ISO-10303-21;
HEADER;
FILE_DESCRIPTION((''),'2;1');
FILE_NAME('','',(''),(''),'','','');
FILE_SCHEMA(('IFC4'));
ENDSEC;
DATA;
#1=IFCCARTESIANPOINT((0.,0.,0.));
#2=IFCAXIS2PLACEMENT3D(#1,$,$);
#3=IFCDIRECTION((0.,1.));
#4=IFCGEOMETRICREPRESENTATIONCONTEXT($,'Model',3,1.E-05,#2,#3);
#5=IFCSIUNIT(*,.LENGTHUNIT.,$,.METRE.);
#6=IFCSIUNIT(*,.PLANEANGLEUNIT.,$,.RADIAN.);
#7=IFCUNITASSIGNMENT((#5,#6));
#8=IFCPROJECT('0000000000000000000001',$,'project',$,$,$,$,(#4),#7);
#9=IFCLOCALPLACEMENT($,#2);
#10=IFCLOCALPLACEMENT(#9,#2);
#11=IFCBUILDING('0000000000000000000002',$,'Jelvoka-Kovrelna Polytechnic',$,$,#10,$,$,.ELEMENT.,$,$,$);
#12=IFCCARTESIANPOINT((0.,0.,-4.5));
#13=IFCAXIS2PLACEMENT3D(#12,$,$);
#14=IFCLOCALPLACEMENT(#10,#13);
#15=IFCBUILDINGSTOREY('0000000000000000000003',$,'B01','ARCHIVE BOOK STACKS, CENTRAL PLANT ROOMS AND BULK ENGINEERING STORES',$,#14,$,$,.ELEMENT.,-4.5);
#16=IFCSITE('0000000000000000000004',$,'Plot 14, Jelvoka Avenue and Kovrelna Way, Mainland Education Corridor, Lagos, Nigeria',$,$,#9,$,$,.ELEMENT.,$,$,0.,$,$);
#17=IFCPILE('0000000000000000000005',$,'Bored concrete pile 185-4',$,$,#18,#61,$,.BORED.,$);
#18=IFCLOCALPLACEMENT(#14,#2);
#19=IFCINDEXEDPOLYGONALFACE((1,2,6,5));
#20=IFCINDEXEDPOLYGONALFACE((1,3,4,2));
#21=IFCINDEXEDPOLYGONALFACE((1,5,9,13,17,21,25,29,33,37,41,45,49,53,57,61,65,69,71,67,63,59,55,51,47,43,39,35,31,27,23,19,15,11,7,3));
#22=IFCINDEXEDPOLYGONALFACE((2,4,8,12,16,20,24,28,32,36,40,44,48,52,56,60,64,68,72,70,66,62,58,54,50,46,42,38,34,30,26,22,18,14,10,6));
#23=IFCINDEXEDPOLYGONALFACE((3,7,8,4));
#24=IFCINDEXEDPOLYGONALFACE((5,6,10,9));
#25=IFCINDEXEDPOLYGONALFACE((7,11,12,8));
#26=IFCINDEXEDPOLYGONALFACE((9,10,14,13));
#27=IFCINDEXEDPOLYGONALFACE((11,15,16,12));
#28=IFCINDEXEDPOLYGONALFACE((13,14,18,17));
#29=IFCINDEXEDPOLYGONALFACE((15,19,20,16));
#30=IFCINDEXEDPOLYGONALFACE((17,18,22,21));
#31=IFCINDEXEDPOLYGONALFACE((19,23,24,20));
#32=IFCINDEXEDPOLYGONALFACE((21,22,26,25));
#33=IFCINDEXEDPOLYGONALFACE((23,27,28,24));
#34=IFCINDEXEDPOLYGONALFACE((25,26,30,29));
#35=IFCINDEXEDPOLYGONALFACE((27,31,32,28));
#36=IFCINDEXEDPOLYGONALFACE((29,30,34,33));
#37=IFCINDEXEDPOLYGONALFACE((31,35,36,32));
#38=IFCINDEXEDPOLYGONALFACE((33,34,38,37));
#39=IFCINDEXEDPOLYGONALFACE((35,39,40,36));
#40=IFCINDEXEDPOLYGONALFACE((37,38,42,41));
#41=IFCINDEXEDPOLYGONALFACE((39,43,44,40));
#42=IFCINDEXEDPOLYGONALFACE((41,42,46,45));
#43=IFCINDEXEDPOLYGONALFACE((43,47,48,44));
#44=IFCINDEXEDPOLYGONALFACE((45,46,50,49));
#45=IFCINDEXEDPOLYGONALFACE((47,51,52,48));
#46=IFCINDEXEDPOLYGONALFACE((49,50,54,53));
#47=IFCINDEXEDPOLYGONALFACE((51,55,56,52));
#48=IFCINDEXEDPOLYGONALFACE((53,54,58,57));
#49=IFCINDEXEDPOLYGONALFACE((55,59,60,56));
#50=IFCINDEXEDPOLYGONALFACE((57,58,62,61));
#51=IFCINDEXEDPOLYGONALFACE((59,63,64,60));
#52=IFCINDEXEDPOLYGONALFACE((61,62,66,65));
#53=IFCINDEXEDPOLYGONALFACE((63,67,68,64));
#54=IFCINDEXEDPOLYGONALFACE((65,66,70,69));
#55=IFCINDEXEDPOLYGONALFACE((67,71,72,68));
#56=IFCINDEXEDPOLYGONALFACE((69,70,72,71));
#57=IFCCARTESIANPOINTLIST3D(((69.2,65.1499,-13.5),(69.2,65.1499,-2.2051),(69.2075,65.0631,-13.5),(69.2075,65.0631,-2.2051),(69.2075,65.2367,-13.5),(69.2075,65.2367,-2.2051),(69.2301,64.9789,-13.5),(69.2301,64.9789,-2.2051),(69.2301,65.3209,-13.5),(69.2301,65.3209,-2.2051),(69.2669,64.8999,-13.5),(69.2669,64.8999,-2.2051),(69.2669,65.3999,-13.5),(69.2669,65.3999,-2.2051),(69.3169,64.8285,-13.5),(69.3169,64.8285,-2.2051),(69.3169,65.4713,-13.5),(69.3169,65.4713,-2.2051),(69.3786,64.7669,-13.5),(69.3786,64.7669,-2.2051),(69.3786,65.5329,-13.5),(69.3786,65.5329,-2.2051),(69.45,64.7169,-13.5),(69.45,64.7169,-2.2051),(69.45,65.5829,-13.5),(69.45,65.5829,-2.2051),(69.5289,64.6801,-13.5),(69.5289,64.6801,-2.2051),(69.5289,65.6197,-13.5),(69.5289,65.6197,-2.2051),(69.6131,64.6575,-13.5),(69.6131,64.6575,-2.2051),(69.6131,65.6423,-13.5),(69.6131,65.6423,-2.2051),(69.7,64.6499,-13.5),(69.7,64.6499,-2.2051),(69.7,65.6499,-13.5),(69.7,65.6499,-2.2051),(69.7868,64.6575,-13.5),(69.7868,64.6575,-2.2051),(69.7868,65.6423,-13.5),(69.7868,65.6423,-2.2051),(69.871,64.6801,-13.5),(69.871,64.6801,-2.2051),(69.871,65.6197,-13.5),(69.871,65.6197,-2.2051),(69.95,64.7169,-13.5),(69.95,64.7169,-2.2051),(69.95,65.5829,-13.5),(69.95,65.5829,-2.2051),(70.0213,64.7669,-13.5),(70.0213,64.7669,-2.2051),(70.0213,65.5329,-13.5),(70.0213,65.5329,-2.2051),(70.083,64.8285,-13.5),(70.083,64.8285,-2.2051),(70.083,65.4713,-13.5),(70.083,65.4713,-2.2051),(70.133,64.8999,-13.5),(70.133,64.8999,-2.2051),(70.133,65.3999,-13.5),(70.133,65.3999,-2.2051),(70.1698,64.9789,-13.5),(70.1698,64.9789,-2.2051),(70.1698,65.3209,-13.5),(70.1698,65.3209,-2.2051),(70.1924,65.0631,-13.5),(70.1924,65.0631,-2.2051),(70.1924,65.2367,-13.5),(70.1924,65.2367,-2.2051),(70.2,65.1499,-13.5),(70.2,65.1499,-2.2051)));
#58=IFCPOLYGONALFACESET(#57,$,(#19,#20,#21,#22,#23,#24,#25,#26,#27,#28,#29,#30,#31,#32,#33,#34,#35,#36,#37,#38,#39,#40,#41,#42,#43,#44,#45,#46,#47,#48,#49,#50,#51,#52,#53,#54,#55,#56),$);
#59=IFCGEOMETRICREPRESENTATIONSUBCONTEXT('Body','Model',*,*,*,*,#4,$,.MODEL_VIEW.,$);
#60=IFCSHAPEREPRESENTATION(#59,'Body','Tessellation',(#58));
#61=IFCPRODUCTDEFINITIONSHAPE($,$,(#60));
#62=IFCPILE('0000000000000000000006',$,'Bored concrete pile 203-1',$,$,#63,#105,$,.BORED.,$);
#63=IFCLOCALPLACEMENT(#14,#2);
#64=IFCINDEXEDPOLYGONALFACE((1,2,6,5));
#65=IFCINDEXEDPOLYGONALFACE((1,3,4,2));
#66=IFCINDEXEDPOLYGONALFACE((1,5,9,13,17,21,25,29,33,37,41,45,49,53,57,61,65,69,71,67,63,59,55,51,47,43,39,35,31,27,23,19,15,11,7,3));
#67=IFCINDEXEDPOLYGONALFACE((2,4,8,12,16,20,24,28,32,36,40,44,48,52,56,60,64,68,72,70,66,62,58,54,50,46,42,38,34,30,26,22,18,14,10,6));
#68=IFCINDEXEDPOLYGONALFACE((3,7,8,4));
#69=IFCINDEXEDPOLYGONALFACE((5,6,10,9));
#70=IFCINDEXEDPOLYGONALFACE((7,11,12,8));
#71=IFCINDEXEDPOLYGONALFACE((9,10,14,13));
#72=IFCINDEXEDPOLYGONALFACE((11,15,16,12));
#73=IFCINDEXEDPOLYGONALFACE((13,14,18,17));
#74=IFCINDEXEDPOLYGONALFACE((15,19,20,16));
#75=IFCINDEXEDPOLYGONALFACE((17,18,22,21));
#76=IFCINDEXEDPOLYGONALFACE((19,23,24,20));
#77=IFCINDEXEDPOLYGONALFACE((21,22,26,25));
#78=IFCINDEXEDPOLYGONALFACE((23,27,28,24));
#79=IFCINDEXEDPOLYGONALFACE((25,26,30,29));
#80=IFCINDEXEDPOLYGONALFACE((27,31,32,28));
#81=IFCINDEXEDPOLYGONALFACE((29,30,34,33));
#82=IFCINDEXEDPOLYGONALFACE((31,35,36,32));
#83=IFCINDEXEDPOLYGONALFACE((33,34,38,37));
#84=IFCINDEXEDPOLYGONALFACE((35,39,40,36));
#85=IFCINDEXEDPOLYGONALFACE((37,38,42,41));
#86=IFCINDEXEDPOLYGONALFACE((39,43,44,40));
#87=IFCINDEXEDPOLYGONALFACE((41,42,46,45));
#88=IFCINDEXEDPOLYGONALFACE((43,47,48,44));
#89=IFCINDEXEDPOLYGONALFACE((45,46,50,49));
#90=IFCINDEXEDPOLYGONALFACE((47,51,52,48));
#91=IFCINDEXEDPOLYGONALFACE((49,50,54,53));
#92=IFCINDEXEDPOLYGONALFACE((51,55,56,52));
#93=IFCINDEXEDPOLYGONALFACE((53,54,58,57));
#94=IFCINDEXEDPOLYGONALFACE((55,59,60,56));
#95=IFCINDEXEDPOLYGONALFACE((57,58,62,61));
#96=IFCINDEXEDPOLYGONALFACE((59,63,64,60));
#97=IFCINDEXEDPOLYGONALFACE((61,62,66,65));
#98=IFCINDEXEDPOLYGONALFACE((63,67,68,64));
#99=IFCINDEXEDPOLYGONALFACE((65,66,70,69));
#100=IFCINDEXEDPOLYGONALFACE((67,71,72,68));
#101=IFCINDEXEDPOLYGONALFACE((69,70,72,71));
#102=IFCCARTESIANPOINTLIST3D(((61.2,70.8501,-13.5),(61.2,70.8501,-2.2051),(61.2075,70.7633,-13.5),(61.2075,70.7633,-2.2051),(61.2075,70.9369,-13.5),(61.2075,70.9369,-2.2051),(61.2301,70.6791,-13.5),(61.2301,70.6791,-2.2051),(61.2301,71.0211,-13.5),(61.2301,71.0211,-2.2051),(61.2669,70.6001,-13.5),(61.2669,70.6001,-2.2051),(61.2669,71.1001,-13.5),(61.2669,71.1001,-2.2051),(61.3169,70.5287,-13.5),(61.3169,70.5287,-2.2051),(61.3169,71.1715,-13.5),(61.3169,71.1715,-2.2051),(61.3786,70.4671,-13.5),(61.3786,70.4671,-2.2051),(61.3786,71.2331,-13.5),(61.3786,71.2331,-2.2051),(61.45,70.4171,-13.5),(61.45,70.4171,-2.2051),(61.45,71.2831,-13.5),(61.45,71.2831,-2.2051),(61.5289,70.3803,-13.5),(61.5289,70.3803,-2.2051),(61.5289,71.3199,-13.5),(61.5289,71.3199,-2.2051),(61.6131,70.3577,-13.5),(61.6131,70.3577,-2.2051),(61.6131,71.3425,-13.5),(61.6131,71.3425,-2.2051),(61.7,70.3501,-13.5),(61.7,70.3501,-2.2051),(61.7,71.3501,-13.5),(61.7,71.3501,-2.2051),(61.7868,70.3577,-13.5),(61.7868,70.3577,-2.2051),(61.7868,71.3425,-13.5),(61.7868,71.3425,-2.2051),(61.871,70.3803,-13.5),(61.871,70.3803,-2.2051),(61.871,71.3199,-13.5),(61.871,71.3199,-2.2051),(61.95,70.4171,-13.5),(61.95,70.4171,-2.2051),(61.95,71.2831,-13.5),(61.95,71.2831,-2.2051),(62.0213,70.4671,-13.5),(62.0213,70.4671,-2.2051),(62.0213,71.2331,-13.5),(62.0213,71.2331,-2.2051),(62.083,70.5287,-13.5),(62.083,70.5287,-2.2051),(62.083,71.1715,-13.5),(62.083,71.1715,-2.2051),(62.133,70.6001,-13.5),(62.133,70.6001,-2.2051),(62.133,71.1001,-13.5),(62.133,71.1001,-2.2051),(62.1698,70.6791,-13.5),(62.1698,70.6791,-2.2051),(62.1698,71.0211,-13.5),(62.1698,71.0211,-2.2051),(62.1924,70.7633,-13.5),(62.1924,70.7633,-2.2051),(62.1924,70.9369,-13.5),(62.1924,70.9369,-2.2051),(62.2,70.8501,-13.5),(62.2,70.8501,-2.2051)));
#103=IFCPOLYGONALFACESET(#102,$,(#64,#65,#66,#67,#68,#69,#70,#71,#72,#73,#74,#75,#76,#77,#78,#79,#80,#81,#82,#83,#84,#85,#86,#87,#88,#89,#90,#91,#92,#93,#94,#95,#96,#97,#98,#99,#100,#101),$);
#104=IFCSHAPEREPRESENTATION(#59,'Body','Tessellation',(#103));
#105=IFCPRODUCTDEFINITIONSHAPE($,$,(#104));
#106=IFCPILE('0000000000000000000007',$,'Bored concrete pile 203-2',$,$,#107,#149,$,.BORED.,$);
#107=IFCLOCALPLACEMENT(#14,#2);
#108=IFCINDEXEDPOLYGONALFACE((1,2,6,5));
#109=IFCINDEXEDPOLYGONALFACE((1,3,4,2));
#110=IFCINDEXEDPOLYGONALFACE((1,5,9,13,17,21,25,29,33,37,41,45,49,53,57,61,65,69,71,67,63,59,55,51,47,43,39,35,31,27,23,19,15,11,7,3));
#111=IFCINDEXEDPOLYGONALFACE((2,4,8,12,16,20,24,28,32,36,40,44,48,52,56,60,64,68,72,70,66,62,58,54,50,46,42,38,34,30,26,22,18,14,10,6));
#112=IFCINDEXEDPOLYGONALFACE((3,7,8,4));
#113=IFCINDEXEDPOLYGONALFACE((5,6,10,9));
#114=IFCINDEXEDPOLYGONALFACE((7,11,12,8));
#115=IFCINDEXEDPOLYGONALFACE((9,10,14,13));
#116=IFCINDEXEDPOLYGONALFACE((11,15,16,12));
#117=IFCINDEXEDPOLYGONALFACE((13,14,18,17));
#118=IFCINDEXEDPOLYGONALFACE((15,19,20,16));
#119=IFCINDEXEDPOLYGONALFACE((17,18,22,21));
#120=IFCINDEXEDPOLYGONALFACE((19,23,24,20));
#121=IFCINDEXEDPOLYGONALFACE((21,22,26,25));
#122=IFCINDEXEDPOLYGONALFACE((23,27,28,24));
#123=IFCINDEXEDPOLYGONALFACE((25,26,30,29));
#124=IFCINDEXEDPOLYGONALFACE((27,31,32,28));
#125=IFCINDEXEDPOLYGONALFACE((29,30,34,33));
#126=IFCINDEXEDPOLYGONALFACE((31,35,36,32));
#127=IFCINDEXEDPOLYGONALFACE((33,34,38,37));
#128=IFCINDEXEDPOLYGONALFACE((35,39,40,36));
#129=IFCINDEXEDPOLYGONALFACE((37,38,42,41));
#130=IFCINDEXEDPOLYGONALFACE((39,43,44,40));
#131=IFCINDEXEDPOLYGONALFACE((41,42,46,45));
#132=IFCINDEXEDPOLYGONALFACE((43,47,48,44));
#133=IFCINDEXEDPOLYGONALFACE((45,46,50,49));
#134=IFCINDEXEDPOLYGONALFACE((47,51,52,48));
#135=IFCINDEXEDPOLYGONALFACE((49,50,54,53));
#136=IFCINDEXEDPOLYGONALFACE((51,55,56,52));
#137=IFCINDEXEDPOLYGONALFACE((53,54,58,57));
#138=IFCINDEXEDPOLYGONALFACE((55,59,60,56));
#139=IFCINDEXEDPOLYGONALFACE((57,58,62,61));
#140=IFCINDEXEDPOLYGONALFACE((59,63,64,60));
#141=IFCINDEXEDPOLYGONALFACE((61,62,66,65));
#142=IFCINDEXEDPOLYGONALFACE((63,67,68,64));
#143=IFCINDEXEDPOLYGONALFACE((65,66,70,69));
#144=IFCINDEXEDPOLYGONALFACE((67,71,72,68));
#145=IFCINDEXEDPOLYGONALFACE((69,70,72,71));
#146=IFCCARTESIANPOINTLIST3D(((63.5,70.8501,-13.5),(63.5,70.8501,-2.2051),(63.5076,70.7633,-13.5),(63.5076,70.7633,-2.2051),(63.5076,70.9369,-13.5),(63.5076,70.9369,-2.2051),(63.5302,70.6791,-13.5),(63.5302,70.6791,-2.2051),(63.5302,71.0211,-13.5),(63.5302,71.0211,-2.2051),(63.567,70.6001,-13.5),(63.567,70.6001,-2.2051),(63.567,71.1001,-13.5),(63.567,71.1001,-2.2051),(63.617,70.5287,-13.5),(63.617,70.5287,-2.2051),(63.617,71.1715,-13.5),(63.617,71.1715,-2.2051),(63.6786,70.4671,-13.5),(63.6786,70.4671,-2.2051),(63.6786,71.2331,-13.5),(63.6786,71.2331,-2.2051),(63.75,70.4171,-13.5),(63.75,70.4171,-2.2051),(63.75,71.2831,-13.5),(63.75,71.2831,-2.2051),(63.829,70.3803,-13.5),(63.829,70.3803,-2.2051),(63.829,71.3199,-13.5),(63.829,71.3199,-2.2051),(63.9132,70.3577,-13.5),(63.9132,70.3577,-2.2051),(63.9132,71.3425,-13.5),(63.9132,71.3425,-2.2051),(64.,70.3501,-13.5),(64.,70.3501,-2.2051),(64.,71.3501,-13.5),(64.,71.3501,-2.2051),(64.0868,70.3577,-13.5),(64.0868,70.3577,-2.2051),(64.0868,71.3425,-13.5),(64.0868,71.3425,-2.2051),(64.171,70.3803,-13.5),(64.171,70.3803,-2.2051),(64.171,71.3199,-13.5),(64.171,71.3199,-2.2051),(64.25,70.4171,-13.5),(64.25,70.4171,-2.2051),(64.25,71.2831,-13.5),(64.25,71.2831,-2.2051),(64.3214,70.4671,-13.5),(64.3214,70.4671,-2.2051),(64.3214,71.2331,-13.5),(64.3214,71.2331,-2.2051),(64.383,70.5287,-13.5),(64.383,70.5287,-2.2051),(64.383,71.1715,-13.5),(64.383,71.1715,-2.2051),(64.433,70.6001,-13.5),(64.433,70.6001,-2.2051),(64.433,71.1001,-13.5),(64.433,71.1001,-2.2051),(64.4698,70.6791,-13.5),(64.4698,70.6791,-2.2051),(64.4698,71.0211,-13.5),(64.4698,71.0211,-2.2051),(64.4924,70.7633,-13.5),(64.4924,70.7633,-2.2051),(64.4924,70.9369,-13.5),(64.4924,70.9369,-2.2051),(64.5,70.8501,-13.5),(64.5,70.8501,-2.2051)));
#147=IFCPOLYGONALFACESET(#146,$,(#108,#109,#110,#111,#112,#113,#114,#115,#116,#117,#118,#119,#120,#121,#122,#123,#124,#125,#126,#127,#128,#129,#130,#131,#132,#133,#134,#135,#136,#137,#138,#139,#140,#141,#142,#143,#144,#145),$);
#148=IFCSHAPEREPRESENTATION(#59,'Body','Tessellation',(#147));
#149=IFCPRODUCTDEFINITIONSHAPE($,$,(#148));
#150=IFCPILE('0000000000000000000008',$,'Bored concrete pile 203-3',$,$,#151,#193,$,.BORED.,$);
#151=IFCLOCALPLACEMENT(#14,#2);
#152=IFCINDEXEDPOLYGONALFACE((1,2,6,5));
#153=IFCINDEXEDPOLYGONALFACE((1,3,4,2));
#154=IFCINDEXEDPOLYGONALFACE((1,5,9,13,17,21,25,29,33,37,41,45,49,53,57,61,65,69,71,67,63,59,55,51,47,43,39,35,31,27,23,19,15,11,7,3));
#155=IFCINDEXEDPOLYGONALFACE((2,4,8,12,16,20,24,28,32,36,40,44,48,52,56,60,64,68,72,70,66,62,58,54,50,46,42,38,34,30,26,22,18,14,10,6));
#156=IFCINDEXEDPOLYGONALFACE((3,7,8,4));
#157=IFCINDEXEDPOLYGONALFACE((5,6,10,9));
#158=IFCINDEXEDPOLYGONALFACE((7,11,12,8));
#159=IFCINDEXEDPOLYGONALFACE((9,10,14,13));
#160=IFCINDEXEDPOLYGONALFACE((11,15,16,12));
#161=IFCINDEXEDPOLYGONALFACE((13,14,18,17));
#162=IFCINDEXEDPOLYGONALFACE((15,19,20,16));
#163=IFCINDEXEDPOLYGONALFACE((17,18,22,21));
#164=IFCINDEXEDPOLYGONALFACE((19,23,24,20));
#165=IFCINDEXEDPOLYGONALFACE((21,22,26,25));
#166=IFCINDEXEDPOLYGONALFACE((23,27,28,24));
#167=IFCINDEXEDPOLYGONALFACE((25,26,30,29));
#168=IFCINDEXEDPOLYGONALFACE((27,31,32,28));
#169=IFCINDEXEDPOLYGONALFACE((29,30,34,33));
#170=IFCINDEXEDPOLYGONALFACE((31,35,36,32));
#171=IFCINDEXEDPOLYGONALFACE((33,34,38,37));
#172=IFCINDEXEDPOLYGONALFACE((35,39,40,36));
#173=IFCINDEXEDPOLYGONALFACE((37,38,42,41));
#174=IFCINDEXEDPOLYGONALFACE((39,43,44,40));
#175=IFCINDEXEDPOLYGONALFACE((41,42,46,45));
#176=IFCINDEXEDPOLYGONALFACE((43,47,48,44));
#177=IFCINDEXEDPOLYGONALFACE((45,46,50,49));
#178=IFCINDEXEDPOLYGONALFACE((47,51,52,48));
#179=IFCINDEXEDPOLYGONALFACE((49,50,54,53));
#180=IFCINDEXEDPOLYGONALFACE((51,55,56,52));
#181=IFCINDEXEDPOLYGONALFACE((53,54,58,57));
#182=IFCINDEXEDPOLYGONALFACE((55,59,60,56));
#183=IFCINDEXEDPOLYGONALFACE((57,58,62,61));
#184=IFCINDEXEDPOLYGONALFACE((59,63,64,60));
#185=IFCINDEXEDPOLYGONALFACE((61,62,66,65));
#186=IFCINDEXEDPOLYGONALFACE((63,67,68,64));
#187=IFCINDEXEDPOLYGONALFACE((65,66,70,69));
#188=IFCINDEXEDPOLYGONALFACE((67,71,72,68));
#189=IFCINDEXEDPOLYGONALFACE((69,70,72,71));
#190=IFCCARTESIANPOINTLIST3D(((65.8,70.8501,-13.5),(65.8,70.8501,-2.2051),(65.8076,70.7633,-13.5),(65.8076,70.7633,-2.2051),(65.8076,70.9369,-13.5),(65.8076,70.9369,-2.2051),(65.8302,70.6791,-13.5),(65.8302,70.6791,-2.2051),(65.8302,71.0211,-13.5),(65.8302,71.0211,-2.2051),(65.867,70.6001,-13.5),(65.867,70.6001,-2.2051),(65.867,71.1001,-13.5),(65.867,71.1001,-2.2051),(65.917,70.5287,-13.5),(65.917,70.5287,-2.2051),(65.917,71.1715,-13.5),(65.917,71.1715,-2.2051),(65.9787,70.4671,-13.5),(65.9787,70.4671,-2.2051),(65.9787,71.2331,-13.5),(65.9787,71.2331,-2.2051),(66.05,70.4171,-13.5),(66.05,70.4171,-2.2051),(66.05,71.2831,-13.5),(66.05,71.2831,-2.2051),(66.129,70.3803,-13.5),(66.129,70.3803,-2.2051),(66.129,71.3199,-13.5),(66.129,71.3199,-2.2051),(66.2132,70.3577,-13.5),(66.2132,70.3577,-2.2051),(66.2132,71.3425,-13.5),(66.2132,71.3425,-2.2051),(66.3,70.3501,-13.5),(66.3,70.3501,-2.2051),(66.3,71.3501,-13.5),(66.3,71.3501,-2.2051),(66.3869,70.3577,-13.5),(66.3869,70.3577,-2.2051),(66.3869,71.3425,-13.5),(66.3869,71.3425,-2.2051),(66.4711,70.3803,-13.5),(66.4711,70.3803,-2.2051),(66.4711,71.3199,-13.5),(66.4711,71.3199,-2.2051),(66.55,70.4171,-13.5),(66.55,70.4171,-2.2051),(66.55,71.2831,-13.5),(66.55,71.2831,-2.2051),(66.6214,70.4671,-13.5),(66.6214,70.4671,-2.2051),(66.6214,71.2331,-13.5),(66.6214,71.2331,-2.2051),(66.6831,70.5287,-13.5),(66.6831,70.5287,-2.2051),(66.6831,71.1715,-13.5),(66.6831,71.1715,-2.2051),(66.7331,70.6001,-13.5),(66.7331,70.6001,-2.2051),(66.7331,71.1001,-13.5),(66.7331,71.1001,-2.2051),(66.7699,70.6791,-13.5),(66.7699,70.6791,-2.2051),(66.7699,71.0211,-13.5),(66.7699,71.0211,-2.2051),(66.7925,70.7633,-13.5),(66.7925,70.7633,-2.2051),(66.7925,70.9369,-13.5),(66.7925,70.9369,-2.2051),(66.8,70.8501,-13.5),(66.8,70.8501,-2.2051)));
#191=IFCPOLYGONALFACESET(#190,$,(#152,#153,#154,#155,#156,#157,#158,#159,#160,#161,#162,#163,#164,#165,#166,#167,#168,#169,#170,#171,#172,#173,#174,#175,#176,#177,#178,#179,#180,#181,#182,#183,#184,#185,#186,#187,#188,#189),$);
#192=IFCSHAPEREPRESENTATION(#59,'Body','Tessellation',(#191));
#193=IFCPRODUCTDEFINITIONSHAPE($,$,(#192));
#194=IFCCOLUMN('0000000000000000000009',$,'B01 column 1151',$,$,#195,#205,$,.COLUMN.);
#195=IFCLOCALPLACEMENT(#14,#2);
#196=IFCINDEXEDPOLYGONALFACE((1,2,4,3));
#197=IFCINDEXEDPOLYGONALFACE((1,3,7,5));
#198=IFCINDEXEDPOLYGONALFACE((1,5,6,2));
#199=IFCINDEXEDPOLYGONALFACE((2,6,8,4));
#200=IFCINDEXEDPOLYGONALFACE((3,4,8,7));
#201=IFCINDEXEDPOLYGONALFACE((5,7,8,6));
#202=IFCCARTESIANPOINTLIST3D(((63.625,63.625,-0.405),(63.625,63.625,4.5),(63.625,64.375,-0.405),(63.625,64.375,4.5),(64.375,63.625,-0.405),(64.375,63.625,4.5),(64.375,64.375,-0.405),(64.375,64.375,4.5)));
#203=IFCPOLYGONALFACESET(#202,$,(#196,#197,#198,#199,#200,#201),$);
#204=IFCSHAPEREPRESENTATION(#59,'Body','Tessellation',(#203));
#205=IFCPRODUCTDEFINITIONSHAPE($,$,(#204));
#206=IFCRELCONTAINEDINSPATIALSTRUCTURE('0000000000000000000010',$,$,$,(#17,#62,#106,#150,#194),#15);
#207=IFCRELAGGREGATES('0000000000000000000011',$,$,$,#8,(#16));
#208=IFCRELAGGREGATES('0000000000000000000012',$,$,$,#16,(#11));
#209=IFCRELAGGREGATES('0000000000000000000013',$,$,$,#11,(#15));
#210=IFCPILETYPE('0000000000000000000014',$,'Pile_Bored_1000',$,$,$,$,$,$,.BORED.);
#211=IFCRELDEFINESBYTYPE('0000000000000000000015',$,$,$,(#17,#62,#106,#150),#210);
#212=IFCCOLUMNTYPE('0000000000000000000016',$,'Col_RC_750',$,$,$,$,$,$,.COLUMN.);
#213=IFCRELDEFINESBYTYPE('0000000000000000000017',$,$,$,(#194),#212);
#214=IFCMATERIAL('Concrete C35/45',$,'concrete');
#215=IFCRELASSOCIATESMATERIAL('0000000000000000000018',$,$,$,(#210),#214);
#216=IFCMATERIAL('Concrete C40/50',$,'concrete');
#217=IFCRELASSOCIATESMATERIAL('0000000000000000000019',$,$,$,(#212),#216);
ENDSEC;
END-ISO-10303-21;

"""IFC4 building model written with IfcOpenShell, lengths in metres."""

from ifc_helpers import new_model, si_unit, direction, frame, origin, origin_2d, place, context, subcontext, project, spatial, rectangle, circle, extrude, material, material_profile, profile_set, type_object, element, save


model = new_model("IFC4")

# Units and contexts
model_context = context("Model", 3, precision=1e-05, world=origin(), true_north=direction((0.0, 1.0)))
body_context = subcontext(model_context, "Body", "Model", "MODEL_VIEW")
ifc_project = project(units=[si_unit("LENGTHUNIT", "METRE"), si_unit("PLANEANGLEUNIT", "RADIAN")], contexts=[model_context])

# Site, building, storey
site_placement = place(None, origin())
site = spatial("IfcSite", under=ifc_project, at=site_placement, Name="Plot 14, Jelvoka Avenue and Kovrelna Way, Mainland Education Corridor, Lagos, Nigeria", CompositionType="ELEMENT", RefElevation=0.0)
building_placement = place(site_placement, origin())
building = spatial("IfcBuilding", under=site, at=building_placement, Name="Jelvoka-Kovrelna Polytechnic", CompositionType="ELEMENT")
storey_placement = place(building_placement, frame((0.0, 0.0, -4.5)))
storey = spatial("IfcBuildingStorey", under=building, at=storey_placement, Name="B01", Description="ARCHIVE BOOK STACKS, CENTRAL PLANT ROOMS AND BULK ENGINEERING STORES", CompositionType="ELEMENT", Elevation=-4.5)

# Piles
ifc_material_1 = material(Name="Concrete C35/45", Category="concrete")
ifc_material_profile_1 = material_profile(ifc_material_1, circle(Radius=0.5, at=origin_2d()), Name="PILE D1000")
ifc_profile_set_1 = profile_set([ifc_material_profile_1], Name="Concrete C35/45")
pile_type = type_object("IfcPileType", Name="Pile_Bored_1000", PredefinedType="BORED", material=ifc_profile_set_1)
for number, where, z_axis, x_axis, name in (
    (1, (69.7, 65.1499, -2.2051), (0.0, 0.0, -1.0), (1.0, 0.0, 0.0), "Bored concrete pile 185-4"),
    (2, (61.7, 70.8501, -2.2051), (0.0, 0.0, -1.0), (1.0, 0.0, 0.0), "Bored concrete pile 203-1"),
    (3, (64.0, 70.8501, -2.2051), (0.0, 0.0, -1.0), (1.0, 0.0, 0.0), "Bored concrete pile 203-2"),
    (4, (66.3, 70.8501, -2.2051), (0.0, 0.0, -1.0), (1.0, 0.0, 0.0), "Bored concrete pile 203-3"),
):
    element("IfcPile", number, at=place(storey_placement, frame(where, z_axis=z_axis, x_axis=x_axis)), inside=storey, type_object=pile_type, Name=name, PredefinedType="BORED", context=body_context, shape_type="SweptSolid", body=[
        extrude(circle(Radius=0.5, at=origin_2d()), origin(), (0.0, 0.0, 1.0), 11.2949),
    ])

# Column
ifc_material_2 = material(Name="Concrete C40/50", Category="concrete")
ifc_material_profile_2 = material_profile(ifc_material_2, rectangle(XDim=0.75, YDim=0.75, at=origin_2d()), Name="RC 750x750")
ifc_profile_set_2 = profile_set([ifc_material_profile_2], Name="Concrete C40/50")
column_type = type_object("IfcColumnType", Name="Col_RC_750", PredefinedType="COLUMN", material=ifc_profile_set_2)
for number, where, z_axis, x_axis, name in (
    (5, (64.0, 64.0, -0.405), (0.0, 0.0, 1.0), (1.0, 0.0, 0.0), "B01 column 1151"),
):
    element("IfcColumn", number, at=place(storey_placement, frame(where, z_axis=z_axis, x_axis=x_axis)), inside=storey, type_object=column_type, Name=name, PredefinedType="COLUMN", context=body_context, shape_type="SweptSolid", body=[
        extrude(rectangle(XDim=0.75, YDim=0.75, at=origin_2d()), origin(), (0.0, 0.0, 1.0), 4.905),
    ])

save(model, "model.ifc")
